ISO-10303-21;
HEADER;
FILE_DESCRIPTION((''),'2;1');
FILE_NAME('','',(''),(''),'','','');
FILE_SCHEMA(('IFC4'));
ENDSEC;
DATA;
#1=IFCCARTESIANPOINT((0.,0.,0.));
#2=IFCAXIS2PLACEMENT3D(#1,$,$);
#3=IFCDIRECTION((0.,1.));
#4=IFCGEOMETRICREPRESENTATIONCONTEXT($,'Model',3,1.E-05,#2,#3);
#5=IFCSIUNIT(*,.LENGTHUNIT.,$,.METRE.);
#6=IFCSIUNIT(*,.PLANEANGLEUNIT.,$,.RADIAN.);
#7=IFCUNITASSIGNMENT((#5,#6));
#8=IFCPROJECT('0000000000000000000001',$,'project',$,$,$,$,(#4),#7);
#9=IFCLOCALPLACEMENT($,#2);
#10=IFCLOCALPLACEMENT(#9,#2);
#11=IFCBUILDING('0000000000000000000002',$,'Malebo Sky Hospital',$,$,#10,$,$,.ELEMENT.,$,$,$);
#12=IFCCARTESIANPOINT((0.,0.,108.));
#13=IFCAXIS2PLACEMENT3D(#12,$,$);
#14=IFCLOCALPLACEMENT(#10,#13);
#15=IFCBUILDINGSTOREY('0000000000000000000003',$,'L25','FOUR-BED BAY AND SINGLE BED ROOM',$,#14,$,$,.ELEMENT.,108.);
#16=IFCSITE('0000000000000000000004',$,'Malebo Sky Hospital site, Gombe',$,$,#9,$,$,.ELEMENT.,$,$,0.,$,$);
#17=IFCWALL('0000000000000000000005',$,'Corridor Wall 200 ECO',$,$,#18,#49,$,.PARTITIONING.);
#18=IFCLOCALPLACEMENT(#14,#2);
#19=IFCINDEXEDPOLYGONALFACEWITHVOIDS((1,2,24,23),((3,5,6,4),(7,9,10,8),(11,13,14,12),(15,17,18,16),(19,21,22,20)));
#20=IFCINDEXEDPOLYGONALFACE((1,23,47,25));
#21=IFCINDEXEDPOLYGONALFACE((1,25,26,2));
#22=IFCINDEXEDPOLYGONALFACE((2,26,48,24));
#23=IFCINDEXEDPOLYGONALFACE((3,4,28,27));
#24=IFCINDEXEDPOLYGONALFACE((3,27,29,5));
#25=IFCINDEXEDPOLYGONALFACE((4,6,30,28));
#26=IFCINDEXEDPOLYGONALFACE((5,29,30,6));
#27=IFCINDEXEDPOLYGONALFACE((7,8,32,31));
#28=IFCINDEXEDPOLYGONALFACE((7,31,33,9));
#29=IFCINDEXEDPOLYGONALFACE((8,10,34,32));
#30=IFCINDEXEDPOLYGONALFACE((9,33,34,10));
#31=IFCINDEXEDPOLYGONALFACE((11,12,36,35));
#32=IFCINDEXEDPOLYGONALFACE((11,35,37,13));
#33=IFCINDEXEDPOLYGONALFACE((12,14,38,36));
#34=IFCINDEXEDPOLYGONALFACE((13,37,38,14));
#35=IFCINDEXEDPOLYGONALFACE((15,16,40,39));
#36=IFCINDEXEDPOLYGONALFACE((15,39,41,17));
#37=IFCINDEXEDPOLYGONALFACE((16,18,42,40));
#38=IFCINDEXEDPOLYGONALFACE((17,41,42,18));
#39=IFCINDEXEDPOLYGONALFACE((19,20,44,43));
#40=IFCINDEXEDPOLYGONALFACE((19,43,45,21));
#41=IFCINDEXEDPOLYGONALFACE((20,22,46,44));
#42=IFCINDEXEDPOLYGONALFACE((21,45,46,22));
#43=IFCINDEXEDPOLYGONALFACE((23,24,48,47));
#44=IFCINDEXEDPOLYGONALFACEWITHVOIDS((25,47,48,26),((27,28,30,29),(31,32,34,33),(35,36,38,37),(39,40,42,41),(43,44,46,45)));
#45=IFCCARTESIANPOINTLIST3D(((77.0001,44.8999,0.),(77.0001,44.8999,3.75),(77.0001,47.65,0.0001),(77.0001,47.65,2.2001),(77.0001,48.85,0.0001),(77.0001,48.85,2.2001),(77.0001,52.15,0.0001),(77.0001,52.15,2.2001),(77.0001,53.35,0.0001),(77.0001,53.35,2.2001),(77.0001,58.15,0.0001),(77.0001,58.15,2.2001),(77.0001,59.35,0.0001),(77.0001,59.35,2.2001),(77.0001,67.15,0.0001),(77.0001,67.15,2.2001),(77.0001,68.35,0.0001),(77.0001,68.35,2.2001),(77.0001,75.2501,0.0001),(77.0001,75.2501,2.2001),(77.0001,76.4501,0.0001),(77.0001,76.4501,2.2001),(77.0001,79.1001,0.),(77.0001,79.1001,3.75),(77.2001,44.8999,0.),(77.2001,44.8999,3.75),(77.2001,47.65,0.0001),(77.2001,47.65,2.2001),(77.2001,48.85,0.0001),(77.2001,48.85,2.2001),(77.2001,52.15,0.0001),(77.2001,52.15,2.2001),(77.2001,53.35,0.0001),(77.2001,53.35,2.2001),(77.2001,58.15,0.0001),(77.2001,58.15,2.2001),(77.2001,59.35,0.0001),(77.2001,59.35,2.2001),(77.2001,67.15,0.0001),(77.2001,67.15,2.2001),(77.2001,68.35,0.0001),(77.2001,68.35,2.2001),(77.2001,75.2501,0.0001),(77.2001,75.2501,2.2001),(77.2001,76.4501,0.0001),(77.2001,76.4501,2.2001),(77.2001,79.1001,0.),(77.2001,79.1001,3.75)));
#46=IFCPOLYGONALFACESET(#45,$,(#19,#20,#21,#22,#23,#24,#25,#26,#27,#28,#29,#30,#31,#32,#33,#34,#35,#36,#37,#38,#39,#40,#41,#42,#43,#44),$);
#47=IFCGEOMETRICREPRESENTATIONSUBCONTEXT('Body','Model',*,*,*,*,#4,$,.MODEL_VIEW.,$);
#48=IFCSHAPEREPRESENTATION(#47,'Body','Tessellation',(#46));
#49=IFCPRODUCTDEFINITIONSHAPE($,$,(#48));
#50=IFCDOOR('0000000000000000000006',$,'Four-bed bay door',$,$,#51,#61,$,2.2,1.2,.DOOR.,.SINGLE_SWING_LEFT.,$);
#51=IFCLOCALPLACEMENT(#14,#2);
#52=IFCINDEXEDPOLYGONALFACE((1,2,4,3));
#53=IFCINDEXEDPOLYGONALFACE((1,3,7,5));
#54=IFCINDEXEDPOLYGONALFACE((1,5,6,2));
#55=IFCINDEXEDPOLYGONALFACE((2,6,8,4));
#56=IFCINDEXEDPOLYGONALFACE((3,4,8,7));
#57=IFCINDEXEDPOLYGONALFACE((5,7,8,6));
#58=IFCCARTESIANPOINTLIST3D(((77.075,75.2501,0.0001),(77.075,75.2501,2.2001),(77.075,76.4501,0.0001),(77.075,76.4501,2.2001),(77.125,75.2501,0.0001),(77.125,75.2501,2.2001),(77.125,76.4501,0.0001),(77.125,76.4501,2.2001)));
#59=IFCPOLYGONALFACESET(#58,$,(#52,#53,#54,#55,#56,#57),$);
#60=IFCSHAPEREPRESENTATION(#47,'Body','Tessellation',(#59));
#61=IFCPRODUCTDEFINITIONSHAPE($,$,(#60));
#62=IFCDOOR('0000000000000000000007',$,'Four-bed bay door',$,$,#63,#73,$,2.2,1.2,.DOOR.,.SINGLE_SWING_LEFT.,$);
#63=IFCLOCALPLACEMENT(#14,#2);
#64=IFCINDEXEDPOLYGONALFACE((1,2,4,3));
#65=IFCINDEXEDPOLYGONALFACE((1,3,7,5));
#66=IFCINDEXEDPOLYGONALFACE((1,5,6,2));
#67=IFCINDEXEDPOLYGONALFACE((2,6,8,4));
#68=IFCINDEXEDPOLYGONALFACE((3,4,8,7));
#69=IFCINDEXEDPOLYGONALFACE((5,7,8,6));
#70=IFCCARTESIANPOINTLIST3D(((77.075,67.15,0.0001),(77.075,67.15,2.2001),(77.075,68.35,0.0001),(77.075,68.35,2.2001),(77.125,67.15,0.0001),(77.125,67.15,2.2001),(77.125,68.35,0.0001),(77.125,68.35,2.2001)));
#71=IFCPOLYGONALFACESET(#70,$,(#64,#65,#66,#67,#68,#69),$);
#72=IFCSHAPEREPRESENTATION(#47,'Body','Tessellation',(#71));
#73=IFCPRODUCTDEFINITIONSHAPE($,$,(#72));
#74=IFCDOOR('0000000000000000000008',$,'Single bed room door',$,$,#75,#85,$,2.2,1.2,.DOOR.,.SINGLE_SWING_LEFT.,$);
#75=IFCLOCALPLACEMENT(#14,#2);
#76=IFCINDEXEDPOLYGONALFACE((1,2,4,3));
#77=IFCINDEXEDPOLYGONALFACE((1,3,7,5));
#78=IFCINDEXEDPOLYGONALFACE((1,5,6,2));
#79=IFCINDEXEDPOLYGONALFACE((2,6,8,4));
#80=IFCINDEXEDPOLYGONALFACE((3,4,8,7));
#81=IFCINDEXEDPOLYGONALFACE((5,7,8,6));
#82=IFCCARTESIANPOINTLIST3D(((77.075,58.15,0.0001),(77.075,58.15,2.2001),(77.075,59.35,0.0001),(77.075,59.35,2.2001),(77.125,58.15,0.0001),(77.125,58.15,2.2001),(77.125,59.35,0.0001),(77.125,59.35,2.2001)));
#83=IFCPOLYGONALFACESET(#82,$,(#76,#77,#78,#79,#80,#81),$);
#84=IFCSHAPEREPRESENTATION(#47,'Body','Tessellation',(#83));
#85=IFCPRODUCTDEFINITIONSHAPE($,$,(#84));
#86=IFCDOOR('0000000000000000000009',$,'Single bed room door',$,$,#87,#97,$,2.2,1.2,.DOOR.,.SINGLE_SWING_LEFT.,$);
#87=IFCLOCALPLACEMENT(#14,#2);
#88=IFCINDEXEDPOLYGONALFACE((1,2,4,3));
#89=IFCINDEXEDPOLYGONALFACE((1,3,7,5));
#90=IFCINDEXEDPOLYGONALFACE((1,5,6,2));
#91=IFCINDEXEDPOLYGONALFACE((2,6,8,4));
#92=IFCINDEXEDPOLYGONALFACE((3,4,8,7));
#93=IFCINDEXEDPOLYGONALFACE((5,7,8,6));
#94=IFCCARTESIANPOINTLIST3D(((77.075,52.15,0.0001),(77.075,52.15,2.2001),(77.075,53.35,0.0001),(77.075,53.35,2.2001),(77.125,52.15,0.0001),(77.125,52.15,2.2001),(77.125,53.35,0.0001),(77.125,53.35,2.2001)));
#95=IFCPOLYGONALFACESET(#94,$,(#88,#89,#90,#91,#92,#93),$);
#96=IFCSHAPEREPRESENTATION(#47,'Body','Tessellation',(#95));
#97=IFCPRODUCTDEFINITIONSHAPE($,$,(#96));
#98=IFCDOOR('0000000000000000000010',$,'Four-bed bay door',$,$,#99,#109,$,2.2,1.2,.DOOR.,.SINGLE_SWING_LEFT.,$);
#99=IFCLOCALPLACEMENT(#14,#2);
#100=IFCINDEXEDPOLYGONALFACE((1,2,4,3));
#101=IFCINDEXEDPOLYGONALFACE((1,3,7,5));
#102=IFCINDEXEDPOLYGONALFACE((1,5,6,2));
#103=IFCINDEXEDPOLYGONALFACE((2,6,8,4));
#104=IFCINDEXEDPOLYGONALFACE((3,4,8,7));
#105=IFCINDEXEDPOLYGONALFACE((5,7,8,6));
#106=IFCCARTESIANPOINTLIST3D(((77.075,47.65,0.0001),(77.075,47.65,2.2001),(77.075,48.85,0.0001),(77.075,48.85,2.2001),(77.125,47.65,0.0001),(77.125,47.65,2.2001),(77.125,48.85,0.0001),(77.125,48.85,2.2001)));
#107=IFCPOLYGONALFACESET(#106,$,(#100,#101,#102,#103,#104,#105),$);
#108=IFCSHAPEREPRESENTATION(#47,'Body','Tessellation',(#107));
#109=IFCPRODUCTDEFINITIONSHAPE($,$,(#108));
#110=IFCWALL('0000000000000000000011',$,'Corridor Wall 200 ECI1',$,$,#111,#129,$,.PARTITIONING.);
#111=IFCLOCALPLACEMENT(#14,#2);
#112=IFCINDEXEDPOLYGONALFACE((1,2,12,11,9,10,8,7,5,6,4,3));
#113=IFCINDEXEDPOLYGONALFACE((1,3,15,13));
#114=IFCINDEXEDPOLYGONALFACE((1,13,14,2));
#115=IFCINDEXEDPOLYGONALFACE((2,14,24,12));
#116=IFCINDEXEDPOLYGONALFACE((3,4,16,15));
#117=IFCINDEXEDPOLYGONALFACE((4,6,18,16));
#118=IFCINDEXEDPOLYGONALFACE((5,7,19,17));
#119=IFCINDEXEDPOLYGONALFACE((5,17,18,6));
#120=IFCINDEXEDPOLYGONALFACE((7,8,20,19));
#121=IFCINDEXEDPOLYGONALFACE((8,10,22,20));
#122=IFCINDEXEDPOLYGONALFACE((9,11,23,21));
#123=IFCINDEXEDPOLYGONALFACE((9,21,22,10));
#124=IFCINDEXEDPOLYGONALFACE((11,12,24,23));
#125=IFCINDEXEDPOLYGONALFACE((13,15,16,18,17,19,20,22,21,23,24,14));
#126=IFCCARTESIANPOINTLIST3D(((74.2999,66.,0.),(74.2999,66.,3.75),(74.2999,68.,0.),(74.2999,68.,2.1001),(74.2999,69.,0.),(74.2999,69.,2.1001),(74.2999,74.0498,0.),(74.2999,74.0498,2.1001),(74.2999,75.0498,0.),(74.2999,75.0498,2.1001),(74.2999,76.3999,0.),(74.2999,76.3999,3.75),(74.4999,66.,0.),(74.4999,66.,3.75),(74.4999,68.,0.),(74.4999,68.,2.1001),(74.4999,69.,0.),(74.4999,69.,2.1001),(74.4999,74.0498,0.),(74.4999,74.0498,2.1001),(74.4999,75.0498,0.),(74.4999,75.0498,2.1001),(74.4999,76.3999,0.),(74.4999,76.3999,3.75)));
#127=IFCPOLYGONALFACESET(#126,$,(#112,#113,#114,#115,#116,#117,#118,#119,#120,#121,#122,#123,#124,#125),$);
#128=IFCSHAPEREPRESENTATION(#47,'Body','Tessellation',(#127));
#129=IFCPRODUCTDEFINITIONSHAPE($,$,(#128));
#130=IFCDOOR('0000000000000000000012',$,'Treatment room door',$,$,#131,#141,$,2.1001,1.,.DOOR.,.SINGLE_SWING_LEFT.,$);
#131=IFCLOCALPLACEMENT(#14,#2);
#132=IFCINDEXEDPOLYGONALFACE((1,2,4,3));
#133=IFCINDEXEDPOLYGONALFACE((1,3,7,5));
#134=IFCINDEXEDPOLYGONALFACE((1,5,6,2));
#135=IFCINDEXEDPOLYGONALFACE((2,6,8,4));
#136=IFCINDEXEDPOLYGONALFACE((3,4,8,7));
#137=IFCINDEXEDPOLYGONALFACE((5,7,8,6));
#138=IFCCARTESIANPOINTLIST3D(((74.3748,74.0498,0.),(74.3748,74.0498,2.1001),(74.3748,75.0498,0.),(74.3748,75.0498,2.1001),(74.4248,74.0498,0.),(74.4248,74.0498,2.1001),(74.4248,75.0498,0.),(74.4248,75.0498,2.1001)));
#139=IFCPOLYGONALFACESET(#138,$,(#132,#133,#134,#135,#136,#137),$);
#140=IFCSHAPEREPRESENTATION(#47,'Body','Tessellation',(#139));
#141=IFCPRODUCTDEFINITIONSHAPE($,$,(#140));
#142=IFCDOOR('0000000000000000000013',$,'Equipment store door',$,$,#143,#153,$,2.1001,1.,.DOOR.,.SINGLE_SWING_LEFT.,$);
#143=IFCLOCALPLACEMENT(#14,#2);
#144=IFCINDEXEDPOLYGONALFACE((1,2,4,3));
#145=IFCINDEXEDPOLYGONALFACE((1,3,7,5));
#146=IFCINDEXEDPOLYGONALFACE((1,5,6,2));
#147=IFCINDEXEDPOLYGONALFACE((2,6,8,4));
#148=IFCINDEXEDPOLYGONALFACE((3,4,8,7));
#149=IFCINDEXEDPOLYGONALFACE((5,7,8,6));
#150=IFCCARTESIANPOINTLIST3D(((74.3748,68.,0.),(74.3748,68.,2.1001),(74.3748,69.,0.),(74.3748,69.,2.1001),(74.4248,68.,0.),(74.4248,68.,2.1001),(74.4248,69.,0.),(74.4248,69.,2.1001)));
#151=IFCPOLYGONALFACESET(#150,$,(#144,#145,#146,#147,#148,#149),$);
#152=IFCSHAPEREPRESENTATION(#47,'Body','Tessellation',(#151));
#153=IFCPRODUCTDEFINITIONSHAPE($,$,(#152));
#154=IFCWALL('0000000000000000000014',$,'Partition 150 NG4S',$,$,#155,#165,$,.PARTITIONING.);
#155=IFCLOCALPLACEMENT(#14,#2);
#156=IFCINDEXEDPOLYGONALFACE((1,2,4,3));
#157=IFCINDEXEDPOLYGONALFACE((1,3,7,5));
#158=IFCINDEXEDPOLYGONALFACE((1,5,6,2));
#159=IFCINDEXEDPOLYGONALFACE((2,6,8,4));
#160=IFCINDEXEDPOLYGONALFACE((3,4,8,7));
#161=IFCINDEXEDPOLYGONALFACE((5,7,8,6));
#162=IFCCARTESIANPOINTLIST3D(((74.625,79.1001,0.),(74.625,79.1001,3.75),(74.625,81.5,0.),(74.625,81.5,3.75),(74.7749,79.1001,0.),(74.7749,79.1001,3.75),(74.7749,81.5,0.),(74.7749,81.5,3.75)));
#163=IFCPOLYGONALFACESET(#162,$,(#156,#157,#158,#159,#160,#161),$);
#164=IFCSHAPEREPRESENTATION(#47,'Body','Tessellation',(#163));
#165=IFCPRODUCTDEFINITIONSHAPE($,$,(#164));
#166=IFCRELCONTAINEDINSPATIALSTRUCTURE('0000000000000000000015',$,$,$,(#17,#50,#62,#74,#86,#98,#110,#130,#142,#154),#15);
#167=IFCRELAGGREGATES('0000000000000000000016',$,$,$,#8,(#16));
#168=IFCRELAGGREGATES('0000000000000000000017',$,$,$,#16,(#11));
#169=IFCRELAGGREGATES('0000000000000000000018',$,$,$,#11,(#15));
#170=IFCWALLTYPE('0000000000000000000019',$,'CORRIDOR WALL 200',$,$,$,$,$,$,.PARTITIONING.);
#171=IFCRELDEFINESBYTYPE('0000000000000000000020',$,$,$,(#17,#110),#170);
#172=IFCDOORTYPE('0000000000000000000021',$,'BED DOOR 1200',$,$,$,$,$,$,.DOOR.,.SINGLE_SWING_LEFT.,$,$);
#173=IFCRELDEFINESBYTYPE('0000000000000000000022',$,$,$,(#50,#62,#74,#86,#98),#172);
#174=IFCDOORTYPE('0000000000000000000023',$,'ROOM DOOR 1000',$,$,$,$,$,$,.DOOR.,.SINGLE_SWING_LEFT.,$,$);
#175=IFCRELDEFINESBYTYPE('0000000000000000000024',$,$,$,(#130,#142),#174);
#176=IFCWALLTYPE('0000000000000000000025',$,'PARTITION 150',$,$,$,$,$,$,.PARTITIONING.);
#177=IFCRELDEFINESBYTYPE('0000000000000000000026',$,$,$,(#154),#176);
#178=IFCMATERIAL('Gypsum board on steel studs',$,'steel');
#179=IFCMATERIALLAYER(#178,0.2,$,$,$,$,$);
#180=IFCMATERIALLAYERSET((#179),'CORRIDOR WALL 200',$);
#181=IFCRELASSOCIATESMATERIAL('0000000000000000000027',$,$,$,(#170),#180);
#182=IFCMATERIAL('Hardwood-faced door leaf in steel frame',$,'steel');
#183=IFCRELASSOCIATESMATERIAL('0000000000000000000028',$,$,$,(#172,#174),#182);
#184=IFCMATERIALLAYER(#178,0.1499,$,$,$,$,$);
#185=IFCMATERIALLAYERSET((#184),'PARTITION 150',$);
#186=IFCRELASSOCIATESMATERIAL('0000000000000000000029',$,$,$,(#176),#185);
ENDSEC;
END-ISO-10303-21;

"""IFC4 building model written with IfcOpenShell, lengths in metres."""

from ifc_helpers import new_model, si_unit, direction, frame, frame_2d, origin, place, context, subcontext, project, spatial, rectangle, extrude, material, layer, layer_set, type_object, element, fill, save


model = new_model("IFC4")

# Units and contexts
model_context = context("Model", 3, precision=1e-05, world=origin(), true_north=direction((0.0, 1.0)))
body_context = subcontext(model_context, "Body", "Model", "MODEL_VIEW")
ifc_project = project(units=[si_unit("LENGTHUNIT", "METRE"), si_unit("PLANEANGLEUNIT", "RADIAN")], contexts=[model_context])

# Site, building, storey
site_placement = place(None, origin())
site = spatial("IfcSite", under=ifc_project, at=site_placement, Name="Malebo Sky Hospital site, Gombe", CompositionType="ELEMENT", RefElevation=0.0)
building_placement = place(site_placement, origin())
building = spatial("IfcBuilding", under=site, at=building_placement, Name="Malebo Sky Hospital", CompositionType="ELEMENT")
storey_placement = place(building_placement, frame((0.0, 0.0, 108.0)))
storey = spatial("IfcBuildingStorey", under=building, at=storey_placement, Name="L25", Description="FOUR-BED BAY AND SINGLE BED ROOM", CompositionType="ELEMENT", Elevation=108.0)

# Walls, openings, doors
ifc_material_1 = material(Name="Gypsum board on steel studs", Category="steel")
ifc_layer_1 = layer(ifc_material_1, 0.2)
ifc_layer_set_1 = layer_set([ifc_layer_1], Name="CORRIDOR WALL 200")
wall_type_1 = type_object("IfcWallType", Name="CORRIDOR WALL 200", PredefinedType="PARTITIONING", material=ifc_layer_set_1)
wall_1_placement = place(storey_placement, frame((77.1001, 79.1001, 0.0), z_axis=(0.0, 0.0, 1.0), x_axis=(0.0, -1.0, 0.0)))
wall_1 = element("IfcWall", 1, at=wall_1_placement, inside=storey, type_object=wall_type_1, Name="Corridor Wall 200 ECO", PredefinedType="PARTITIONING", context=body_context, shape_type="SweptSolid", body=[
    extrude(rectangle(XDim=34.2002, YDim=0.2, at=frame_2d((17.1001, 0.0))), origin(), (0.0, 0.0, 1.0), 3.75),
])
opening_1_placement = place(wall_1_placement, frame((2.6499, 0.0, 0.0)))
opening_1 = element("IfcOpeningElement", 2, at=opening_1_placement, cuts=wall_1, PredefinedType="OPENING", context=body_context, shape_type="SweptSolid", body=[
    extrude(rectangle(XDim=1.2, YDim=2.2, at=frame_2d((0.6001, 1.1001))), frame((0.0, 0.1099, 0.0), z_axis=(0.0, -1.0, 0.0), x_axis=(1.0, 0.0, 0.0)), (0.0, 0.0, 1.0), 0.22),
])
opening_2_placement = place(wall_1_placement, frame((10.75, 0.0, 0.0)))
opening_2 = element("IfcOpeningElement", 3, at=opening_2_placement, cuts=wall_1, PredefinedType="OPENING", context=body_context, shape_type="SweptSolid", body=[
    extrude(rectangle(XDim=1.2, YDim=2.2, at=frame_2d((0.6001, 1.1001))), frame((0.0, 0.1099, 0.0), z_axis=(0.0, -1.0, 0.0), x_axis=(1.0, 0.0, 0.0)), (0.0, 0.0, 1.0), 0.22),
])
opening_3_placement = place(wall_1_placement, frame((19.75, 0.0, 0.0)))
opening_3 = element("IfcOpeningElement", 4, at=opening_3_placement, cuts=wall_1, PredefinedType="OPENING", context=body_context, shape_type="SweptSolid", body=[
    extrude(rectangle(XDim=1.2, YDim=2.2, at=frame_2d((0.6001, 1.1001))), frame((0.0, 0.1099, 0.0), z_axis=(0.0, -1.0, 0.0), x_axis=(1.0, 0.0, 0.0)), (0.0, 0.0, 1.0), 0.22),
])
opening_4_placement = place(wall_1_placement, frame((25.75, 0.0, 0.0)))
opening_4 = element("IfcOpeningElement", 5, at=opening_4_placement, cuts=wall_1, PredefinedType="OPENING", context=body_context, shape_type="SweptSolid", body=[
    extrude(rectangle(XDim=1.2, YDim=2.2, at=frame_2d((0.6001, 1.1001))), frame((0.0, 0.1099, 0.0), z_axis=(0.0, -1.0, 0.0), x_axis=(1.0, 0.0, 0.0)), (0.0, 0.0, 1.0), 0.22),
])
opening_5_placement = place(wall_1_placement, frame((30.25, 0.0, 0.0)))
opening_5 = element("IfcOpeningElement", 6, at=opening_5_placement, cuts=wall_1, PredefinedType="OPENING", context=body_context, shape_type="SweptSolid", body=[
    extrude(rectangle(XDim=1.2, YDim=2.2, at=frame_2d((0.6001, 1.1001))), frame((0.0, 0.1099, 0.0), z_axis=(0.0, -1.0, 0.0), x_axis=(1.0, 0.0, 0.0)), (0.0, 0.0, 1.0), 0.22),
])
ifc_material_2 = material(Name="Hardwood-faced door leaf in steel frame", Category="steel")
door_type_1 = type_object("IfcDoorType", Name="BED DOOR 1200", OperationType="SINGLE_SWING_LEFT", PredefinedType="DOOR", material=ifc_material_2)
door_1_placement = place(opening_1_placement, origin())
door_1 = element("IfcDoor", 7, at=door_1_placement, inside=storey, type_object=door_type_1, Name="Four-bed bay door", OperationType="SINGLE_SWING_LEFT", OverallHeight=2.2, OverallWidth=1.2, PredefinedType="DOOR", context=body_context, shape_type="SweptSolid", body=[
    extrude(rectangle(XDim=1.2, YDim=2.2, at=frame_2d((0.6001, 1.1001))), frame((0.0, 0.0249, 0.0), z_axis=(0.0, -1.0, 0.0), x_axis=(1.0, 0.0, 0.0)), (0.0, 0.0, 1.0), 0.05),
])
fill(opening_1, door_1)
door_2_placement = place(opening_2_placement, origin())
door_2 = element("IfcDoor", 8, at=door_2_placement, inside=storey, type_object=door_type_1, Name="Four-bed bay door", OperationType="SINGLE_SWING_LEFT", OverallHeight=2.2, OverallWidth=1.2, PredefinedType="DOOR", context=body_context, shape_type="SweptSolid", body=[
    extrude(rectangle(XDim=1.2, YDim=2.2, at=frame_2d((0.6001, 1.1001))), frame((0.0, 0.0249, 0.0), z_axis=(0.0, -1.0, 0.0), x_axis=(1.0, 0.0, 0.0)), (0.0, 0.0, 1.0), 0.05),
])
fill(opening_2, door_2)
door_3_placement = place(opening_3_placement, origin())
door_3 = element("IfcDoor", 9, at=door_3_placement, inside=storey, type_object=door_type_1, Name="Single bed room door", OperationType="SINGLE_SWING_LEFT", OverallHeight=2.2, OverallWidth=1.2, PredefinedType="DOOR", context=body_context, shape_type="SweptSolid", body=[
    extrude(rectangle(XDim=1.2, YDim=2.2, at=frame_2d((0.6001, 1.1001))), frame((0.0, 0.0249, 0.0), z_axis=(0.0, -1.0, 0.0), x_axis=(1.0, 0.0, 0.0)), (0.0, 0.0, 1.0), 0.05),
])
fill(opening_3, door_3)
door_4_placement = place(opening_4_placement, origin())
door_4 = element("IfcDoor", 10, at=door_4_placement, inside=storey, type_object=door_type_1, Name="Single bed room door", OperationType="SINGLE_SWING_LEFT", OverallHeight=2.2, OverallWidth=1.2, PredefinedType="DOOR", context=body_context, shape_type="SweptSolid", body=[
    extrude(rectangle(XDim=1.2, YDim=2.2, at=frame_2d((0.6001, 1.1001))), frame((0.0, 0.0249, 0.0), z_axis=(0.0, -1.0, 0.0), x_axis=(1.0, 0.0, 0.0)), (0.0, 0.0, 1.0), 0.05),
])
fill(opening_4, door_4)
door_5_placement = place(opening_5_placement, origin())
door_5 = element("IfcDoor", 11, at=door_5_placement, inside=storey, type_object=door_type_1, Name="Four-bed bay door", OperationType="SINGLE_SWING_LEFT", OverallHeight=2.2, OverallWidth=1.2, PredefinedType="DOOR", context=body_context, shape_type="SweptSolid", body=[
    extrude(rectangle(XDim=1.2, YDim=2.2, at=frame_2d((0.6001, 1.1001))), frame((0.0, 0.0249, 0.0), z_axis=(0.0, -1.0, 0.0), x_axis=(1.0, 0.0, 0.0)), (0.0, 0.0, 1.0), 0.05),
])
fill(opening_5, door_5)
wall_2_placement = place(storey_placement, frame((74.3999, 76.3999, 0.0), z_axis=(0.0, 0.0, 1.0), x_axis=(0.0, -1.0, 0.0)))
wall_2 = element("IfcWall", 12, at=wall_2_placement, inside=storey, type_object=wall_type_1, Name="Corridor Wall 200 ECI1", PredefinedType="PARTITIONING", context=body_context, shape_type="SweptSolid", body=[
    extrude(rectangle(XDim=10.3999, YDim=0.2, at=frame_2d((5.2, 0.0))), origin(), (0.0, 0.0, 1.0), 3.75),
])
opening_6_placement = place(wall_2_placement, frame((1.3501, 0.0, 0.0)))
opening_6 = element("IfcOpeningElement", 13, at=opening_6_placement, cuts=wall_2, PredefinedType="OPENING", context=body_context, shape_type="SweptSolid", body=[
    extrude(rectangle(XDim=1.0, YDim=2.1001, at=frame_2d((0.5, 1.05))), frame((0.0, 0.1099, 0.0), z_axis=(0.0, -1.0, 0.0), x_axis=(1.0, 0.0, 0.0)), (0.0, 0.0, 1.0), 0.22),
])
opening_7_placement = place(wall_2_placement, frame((7.3999, 0.0, 0.0)))
opening_7 = element("IfcOpeningElement", 14, at=opening_7_placement, cuts=wall_2, PredefinedType="OPENING", context=body_context, shape_type="SweptSolid", body=[
    extrude(rectangle(XDim=1.0, YDim=2.1001, at=frame_2d((0.5, 1.05))), frame((0.0, 0.1099, 0.0), z_axis=(0.0, -1.0, 0.0), x_axis=(1.0, 0.0, 0.0)), (0.0, 0.0, 1.0), 0.22),
])
door_type_2 = type_object("IfcDoorType", Name="ROOM DOOR 1000", OperationType="SINGLE_SWING_LEFT", PredefinedType="DOOR", material=ifc_material_2)
door_6_placement = place(opening_6_placement, origin())
door_6 = element("IfcDoor", 15, at=door_6_placement, inside=storey, type_object=door_type_2, Name="Treatment room door", OperationType="SINGLE_SWING_LEFT", OverallHeight=2.1001, OverallWidth=1.0, PredefinedType="DOOR", context=body_context, shape_type="SweptSolid", body=[
    extrude(rectangle(XDim=1.0, YDim=2.1001, at=frame_2d((0.5, 1.05))), frame((0.0, 0.0249, 0.0), z_axis=(0.0, -1.0, 0.0), x_axis=(1.0, 0.0, 0.0)), (0.0, 0.0, 1.0), 0.05),
])
fill(opening_6, door_6)
door_7_placement = place(opening_7_placement, origin())
door_7 = element("IfcDoor", 16, at=door_7_placement, inside=storey, type_object=door_type_2, Name="Equipment store door", OperationType="SINGLE_SWING_LEFT", OverallHeight=2.1001, OverallWidth=1.0, PredefinedType="DOOR", context=body_context, shape_type="SweptSolid", body=[
    extrude(rectangle(XDim=1.0, YDim=2.1001, at=frame_2d((0.5, 1.05))), frame((0.0, 0.0249, 0.0), z_axis=(0.0, -1.0, 0.0), x_axis=(1.0, 0.0, 0.0)), (0.0, 0.0, 1.0), 0.05),
])
fill(opening_7, door_7)

# Wall
ifc_layer_2 = layer(ifc_material_1, 0.1499)
ifc_layer_set_2 = layer_set([ifc_layer_2], Name="PARTITION 150")
wall_type_2 = type_object("IfcWallType", Name="PARTITION 150", PredefinedType="PARTITIONING", material=ifc_layer_set_2)
for number, where, z_axis, x_axis, name in (
    (17, (74.7, 79.1001, 0.0), (0.0, 0.0, 1.0), (0.0, 1.0, 0.0), "Partition 150 NG4S"),
):
    element("IfcWall", number, at=place(storey_placement, frame(where, z_axis=z_axis, x_axis=x_axis)), inside=storey, type_object=wall_type_2, Name=name, PredefinedType="PARTITIONING", context=body_context, shape_type="SweptSolid", body=[
        extrude(rectangle(XDim=2.3999, YDim=0.1499, at=frame_2d((1.2, 0.0))), origin(), (0.0, 0.0, 1.0), 3.75),
    ])

save(model, "model.ifc")
